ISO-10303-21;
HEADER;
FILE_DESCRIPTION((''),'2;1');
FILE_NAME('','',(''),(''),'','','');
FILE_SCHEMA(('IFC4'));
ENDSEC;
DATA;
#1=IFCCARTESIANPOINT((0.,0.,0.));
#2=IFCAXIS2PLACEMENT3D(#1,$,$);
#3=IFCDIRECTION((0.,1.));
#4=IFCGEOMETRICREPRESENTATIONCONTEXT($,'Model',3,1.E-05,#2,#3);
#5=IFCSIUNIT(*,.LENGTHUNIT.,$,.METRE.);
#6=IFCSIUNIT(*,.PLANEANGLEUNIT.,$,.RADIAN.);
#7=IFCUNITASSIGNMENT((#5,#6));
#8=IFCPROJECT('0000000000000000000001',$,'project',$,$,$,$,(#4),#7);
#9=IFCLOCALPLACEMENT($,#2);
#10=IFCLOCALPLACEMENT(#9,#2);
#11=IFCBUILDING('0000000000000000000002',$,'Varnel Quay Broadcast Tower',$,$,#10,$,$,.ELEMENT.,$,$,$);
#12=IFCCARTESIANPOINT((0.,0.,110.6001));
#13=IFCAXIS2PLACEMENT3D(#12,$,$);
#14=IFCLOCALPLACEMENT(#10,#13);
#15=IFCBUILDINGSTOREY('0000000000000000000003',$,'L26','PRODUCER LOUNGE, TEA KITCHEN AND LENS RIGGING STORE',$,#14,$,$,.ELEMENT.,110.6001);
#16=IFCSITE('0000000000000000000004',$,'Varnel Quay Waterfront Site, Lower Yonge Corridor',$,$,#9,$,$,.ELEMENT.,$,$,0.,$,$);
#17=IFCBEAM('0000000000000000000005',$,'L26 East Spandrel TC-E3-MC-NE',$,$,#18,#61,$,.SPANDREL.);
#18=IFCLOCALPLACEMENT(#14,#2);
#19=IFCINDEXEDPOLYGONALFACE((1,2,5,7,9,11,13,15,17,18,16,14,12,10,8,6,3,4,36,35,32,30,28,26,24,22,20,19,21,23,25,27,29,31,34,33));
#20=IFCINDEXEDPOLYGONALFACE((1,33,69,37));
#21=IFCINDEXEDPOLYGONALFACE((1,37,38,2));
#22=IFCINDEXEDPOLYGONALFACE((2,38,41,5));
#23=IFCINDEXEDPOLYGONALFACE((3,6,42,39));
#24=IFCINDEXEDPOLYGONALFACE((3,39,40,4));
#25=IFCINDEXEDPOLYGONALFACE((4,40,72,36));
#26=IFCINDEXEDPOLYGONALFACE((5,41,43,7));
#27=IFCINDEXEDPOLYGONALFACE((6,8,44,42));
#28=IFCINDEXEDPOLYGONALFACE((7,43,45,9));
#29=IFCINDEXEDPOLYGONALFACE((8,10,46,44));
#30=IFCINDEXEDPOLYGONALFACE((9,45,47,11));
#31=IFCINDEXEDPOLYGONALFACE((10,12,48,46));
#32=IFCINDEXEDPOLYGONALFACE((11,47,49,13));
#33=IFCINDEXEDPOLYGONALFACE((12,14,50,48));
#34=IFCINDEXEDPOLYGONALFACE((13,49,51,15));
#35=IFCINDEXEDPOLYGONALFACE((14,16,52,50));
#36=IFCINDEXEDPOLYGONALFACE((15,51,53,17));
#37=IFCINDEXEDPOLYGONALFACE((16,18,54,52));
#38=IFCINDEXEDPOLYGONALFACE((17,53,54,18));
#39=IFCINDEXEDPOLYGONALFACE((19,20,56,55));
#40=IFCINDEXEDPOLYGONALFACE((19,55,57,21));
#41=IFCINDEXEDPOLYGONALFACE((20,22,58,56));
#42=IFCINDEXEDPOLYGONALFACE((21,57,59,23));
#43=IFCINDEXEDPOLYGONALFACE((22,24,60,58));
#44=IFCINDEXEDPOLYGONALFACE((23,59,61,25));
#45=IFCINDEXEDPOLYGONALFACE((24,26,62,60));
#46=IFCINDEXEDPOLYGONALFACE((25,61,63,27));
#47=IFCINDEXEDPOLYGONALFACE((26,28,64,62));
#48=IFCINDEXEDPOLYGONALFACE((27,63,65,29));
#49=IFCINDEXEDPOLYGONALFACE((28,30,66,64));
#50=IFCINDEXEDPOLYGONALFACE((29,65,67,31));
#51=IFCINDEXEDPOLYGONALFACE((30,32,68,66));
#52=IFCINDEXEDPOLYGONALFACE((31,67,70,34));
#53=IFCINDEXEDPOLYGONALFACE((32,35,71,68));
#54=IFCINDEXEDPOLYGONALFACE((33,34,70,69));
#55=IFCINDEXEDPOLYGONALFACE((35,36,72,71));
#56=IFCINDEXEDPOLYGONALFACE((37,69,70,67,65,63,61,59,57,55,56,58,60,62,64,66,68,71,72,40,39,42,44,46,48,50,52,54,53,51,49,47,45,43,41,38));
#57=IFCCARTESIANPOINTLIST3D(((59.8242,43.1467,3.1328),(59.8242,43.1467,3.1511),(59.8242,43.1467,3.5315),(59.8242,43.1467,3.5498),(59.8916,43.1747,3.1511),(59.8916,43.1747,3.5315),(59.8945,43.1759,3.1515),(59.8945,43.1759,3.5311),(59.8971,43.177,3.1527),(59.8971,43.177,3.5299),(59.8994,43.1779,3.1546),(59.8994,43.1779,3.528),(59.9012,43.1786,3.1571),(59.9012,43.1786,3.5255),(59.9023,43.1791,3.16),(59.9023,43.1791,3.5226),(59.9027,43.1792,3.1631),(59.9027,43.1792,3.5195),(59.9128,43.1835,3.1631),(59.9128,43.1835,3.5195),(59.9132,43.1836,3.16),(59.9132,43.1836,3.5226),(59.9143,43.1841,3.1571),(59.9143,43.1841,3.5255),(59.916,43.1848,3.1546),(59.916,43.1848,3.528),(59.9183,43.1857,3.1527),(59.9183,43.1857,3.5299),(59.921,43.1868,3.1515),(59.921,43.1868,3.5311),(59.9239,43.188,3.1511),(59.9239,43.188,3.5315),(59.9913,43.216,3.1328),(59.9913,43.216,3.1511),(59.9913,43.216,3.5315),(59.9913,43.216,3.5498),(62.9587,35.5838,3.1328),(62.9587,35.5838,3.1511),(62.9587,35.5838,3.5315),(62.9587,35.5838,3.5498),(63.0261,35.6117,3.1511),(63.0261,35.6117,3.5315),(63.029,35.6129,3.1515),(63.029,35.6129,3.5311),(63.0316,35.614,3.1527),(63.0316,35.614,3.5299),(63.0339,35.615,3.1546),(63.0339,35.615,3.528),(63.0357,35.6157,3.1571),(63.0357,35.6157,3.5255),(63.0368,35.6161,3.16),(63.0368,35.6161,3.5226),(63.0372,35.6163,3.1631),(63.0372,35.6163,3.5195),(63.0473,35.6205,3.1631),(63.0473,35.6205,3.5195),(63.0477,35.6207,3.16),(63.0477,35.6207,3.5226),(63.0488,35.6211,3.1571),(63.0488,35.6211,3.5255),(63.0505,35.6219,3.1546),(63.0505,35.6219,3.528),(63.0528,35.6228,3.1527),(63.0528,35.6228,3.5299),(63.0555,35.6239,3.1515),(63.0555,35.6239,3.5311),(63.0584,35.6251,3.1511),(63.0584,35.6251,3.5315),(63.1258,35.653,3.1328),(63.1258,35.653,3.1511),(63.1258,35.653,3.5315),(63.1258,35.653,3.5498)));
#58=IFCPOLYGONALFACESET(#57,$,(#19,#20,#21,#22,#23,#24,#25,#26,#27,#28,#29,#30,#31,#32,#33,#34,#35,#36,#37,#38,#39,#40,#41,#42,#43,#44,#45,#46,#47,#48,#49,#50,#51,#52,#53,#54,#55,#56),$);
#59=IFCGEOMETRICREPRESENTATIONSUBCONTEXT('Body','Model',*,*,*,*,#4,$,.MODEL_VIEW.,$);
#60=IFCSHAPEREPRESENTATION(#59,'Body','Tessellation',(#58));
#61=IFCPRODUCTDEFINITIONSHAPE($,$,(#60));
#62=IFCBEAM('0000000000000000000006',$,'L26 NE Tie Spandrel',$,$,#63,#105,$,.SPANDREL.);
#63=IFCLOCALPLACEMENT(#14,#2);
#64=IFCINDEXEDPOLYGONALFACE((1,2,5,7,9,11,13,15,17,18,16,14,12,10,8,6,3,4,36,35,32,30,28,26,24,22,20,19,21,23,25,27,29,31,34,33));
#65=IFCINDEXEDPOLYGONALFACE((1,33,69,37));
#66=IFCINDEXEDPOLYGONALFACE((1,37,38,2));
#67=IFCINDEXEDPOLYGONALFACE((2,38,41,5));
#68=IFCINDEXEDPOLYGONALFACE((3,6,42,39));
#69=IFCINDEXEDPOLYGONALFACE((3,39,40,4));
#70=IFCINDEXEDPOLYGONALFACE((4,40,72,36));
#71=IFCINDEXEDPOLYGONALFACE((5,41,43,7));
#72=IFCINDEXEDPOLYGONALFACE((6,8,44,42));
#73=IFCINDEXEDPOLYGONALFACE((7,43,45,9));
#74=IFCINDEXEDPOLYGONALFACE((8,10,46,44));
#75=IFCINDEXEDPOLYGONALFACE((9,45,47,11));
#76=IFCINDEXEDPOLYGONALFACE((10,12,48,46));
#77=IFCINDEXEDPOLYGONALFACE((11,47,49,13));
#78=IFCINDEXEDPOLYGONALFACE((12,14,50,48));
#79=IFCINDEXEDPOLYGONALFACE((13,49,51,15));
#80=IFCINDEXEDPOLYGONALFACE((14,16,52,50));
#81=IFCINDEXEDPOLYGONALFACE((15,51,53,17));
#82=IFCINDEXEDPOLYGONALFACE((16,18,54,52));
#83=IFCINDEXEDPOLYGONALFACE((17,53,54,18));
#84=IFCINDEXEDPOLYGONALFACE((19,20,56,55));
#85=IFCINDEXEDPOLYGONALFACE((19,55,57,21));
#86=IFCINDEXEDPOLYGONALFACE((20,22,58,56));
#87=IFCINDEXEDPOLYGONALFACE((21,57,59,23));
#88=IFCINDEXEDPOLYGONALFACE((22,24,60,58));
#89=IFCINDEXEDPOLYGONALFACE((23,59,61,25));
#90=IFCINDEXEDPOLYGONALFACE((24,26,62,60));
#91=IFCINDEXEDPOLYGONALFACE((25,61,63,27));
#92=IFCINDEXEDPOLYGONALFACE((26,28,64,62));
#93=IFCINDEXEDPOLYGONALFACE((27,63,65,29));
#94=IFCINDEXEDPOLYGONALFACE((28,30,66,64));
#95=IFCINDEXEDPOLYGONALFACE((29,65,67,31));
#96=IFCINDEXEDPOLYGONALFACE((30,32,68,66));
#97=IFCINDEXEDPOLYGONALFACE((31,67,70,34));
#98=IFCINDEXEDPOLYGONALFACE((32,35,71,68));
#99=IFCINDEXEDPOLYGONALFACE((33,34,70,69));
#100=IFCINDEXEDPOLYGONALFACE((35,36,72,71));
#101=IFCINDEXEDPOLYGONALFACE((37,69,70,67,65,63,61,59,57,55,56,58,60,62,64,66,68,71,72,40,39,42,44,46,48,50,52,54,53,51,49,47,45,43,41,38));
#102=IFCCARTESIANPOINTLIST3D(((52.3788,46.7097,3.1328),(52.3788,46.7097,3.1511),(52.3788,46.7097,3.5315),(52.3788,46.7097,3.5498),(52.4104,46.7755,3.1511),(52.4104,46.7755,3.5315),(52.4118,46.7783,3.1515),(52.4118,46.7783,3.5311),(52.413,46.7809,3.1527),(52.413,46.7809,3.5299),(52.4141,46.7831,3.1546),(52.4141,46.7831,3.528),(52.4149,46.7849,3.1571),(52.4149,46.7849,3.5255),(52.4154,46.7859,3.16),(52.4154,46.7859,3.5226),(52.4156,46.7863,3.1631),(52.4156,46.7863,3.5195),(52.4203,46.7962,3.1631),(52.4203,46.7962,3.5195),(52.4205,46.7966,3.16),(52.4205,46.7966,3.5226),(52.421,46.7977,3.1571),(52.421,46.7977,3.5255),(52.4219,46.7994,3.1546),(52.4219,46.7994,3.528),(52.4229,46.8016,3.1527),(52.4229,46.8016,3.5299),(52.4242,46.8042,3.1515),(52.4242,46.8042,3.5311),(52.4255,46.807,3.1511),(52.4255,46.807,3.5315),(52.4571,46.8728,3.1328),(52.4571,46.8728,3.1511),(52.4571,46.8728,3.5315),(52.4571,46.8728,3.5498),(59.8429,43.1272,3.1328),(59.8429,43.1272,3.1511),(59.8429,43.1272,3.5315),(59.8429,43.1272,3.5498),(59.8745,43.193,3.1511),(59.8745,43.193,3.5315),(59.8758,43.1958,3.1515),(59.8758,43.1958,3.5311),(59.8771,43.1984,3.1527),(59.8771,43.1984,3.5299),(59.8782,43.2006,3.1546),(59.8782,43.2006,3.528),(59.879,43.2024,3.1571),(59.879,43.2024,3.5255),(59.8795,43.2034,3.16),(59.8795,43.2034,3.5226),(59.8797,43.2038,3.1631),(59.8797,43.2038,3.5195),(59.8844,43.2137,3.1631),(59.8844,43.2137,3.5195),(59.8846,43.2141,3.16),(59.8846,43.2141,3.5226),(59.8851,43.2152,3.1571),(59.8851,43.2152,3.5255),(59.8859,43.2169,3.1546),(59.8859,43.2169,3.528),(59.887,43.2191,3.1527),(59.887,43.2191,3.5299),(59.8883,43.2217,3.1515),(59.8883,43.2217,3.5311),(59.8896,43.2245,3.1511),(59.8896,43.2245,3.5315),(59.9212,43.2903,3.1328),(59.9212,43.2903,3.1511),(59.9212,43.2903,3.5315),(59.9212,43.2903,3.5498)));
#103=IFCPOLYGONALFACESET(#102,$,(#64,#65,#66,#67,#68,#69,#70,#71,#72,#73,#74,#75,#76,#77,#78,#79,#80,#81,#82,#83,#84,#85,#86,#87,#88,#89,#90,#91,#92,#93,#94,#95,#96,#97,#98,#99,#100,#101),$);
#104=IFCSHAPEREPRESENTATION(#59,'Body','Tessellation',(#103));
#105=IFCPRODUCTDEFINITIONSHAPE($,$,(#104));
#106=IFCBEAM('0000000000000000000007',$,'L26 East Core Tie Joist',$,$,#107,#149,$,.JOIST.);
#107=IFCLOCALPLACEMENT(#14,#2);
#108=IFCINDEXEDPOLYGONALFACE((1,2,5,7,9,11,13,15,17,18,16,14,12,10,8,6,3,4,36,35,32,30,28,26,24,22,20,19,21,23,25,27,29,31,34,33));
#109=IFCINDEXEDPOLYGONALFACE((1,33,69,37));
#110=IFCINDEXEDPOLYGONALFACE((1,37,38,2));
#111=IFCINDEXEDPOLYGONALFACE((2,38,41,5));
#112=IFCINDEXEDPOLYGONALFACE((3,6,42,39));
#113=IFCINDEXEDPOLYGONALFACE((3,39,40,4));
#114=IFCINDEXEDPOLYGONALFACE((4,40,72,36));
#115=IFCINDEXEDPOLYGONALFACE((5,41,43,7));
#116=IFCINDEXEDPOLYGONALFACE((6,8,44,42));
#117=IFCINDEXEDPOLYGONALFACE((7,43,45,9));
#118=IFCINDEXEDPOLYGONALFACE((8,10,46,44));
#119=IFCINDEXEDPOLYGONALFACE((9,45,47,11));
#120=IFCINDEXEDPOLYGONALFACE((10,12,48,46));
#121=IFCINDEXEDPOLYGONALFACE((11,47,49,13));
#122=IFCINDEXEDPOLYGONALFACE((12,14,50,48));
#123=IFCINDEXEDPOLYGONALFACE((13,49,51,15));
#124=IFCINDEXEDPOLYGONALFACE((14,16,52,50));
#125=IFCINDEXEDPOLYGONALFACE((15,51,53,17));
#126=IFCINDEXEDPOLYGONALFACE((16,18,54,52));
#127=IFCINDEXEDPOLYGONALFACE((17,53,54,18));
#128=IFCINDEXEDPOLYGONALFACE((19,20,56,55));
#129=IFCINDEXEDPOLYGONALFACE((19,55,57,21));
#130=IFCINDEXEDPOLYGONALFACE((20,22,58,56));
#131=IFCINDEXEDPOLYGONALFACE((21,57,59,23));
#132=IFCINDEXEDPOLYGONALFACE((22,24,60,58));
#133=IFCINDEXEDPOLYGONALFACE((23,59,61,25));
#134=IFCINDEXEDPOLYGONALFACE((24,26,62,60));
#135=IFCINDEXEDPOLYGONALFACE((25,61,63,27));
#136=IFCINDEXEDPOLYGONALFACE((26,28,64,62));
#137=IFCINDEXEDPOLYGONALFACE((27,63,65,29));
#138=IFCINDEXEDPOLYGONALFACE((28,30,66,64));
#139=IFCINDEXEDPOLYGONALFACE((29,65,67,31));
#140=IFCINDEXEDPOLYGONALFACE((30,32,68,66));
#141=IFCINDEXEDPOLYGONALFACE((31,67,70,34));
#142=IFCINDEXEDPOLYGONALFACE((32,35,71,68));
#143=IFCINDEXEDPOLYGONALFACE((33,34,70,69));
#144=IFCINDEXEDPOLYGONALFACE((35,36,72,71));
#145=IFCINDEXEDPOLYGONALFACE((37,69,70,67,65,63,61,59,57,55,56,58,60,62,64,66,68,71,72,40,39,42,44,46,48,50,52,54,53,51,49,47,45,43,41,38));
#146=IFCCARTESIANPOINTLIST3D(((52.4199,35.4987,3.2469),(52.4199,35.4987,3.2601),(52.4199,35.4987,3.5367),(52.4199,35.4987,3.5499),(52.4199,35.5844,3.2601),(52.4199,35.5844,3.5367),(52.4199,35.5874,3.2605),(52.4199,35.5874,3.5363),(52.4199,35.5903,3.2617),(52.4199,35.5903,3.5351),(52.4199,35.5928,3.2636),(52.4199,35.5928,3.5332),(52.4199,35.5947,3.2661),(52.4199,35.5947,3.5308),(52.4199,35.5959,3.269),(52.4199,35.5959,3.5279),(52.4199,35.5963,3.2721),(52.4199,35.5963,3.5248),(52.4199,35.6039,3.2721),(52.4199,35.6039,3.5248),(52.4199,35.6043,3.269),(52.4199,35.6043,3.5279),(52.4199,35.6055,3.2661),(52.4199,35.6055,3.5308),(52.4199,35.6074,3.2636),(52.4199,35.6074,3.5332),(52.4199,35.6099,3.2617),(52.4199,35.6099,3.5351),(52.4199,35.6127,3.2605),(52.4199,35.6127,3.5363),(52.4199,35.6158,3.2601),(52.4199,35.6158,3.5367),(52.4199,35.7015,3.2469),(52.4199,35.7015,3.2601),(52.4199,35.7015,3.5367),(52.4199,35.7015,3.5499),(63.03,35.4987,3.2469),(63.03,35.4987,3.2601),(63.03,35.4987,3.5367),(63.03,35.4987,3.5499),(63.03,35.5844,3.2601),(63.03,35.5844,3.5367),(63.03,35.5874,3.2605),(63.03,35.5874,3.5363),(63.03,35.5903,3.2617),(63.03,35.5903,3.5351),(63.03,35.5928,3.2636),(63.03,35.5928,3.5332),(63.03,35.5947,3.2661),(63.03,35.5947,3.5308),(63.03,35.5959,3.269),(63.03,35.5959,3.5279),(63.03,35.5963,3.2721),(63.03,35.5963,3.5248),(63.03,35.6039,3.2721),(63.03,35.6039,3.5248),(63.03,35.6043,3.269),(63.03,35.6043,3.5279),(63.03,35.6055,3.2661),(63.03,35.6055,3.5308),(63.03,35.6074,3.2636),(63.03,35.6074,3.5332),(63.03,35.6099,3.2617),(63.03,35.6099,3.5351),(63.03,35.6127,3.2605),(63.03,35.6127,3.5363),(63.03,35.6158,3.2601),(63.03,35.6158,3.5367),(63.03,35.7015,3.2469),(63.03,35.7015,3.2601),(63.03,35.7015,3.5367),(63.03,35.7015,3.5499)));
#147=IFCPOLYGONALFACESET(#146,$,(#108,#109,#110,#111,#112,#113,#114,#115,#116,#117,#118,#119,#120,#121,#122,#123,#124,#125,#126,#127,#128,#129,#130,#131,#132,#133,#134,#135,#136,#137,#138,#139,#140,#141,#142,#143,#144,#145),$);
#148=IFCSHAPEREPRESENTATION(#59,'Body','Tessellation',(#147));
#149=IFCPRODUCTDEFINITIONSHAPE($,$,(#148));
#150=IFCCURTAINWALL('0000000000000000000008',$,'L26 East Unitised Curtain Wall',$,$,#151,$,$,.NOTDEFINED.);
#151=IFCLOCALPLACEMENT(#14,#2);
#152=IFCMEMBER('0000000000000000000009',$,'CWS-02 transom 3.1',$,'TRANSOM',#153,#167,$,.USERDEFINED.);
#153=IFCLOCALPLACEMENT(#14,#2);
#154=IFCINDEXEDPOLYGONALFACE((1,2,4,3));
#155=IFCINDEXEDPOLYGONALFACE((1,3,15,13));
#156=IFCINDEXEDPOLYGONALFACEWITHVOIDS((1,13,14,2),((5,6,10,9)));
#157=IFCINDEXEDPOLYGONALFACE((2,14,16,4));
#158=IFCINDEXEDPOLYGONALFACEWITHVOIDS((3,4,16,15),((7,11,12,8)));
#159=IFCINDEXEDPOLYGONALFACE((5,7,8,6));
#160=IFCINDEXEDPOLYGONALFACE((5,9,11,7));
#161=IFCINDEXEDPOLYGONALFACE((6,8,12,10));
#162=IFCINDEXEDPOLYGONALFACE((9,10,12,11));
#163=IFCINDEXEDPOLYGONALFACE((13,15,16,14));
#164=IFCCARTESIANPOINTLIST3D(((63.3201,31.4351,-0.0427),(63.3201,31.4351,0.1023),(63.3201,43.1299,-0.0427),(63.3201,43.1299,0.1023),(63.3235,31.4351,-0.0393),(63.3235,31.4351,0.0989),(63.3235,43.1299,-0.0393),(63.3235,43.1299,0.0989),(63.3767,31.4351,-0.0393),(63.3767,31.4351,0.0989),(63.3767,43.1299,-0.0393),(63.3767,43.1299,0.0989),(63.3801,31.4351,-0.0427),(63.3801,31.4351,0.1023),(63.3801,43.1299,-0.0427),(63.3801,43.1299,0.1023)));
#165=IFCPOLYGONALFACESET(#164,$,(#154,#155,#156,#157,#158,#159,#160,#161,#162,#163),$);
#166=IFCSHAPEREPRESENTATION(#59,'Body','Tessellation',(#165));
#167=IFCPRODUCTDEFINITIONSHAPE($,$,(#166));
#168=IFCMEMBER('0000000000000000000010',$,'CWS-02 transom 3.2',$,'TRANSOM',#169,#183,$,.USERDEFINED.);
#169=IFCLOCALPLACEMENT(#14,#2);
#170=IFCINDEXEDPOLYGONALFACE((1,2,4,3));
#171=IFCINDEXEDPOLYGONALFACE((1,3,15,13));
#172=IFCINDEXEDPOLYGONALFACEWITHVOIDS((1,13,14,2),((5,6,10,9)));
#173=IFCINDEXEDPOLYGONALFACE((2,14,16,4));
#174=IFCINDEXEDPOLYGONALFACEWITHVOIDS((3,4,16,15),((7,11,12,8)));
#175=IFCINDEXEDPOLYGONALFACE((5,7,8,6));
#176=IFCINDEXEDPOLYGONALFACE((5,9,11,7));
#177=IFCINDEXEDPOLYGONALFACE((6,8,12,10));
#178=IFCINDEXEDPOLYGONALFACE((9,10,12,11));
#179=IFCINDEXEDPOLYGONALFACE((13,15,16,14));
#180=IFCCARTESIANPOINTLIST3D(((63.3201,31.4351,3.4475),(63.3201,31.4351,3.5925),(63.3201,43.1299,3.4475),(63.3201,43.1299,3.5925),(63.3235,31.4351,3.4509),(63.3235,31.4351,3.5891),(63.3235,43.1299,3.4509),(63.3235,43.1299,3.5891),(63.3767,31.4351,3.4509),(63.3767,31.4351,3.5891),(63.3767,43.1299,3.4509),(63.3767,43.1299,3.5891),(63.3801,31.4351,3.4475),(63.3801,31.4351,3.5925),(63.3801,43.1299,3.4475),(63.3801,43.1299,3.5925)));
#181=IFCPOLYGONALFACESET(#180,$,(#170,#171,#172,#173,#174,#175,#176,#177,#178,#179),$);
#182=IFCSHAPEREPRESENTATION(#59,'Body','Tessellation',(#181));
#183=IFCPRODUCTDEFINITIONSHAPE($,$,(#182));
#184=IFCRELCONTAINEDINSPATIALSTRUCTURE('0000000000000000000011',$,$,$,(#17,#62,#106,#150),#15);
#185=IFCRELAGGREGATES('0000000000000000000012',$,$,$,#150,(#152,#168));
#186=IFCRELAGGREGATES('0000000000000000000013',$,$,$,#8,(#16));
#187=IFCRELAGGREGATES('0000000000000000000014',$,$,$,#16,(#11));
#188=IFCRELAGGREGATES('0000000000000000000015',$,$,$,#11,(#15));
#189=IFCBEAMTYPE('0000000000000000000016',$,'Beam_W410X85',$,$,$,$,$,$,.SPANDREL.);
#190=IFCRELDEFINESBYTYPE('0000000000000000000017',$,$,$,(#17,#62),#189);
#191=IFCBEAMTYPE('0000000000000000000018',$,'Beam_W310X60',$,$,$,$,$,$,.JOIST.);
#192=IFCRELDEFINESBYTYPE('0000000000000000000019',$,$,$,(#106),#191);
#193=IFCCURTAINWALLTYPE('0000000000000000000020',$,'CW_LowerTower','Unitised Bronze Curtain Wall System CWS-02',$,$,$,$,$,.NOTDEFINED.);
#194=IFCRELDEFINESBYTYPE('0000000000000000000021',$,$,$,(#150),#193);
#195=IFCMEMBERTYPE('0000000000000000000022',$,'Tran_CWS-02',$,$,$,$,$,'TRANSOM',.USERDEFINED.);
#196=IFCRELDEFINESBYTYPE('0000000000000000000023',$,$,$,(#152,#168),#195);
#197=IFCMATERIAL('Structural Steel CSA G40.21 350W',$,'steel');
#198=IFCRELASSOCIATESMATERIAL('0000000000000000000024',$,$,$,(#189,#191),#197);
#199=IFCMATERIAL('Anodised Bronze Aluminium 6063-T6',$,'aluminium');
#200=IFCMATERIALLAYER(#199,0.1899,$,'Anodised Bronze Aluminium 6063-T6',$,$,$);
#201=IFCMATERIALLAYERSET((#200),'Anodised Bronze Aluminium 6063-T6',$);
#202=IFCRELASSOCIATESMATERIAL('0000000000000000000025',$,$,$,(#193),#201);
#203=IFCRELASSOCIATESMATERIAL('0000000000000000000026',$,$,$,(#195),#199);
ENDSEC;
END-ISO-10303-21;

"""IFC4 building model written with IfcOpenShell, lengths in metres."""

from ifc_helpers import new_model, si_unit, direction, frame, origin, origin_2d, place, context, subcontext, project, spatial, hollow_rectangle, i_section, extrude, source, transform, mapped, material, layer, layer_set, material_profile, profile_set, type_object, type_shapes, element, aggregate, save


model = new_model("IFC4")

# Units and contexts
model_context = context("Model", 3, precision=1e-05, world=origin(), true_north=direction((0.0, 1.0)))
body_context = subcontext(model_context, "Body", "Model", "MODEL_VIEW")
ifc_project = project(units=[si_unit("LENGTHUNIT", "METRE"), si_unit("PLANEANGLEUNIT", "RADIAN")], contexts=[model_context])

# Site, building, storey
site_placement = place(None, origin())
site = spatial("IfcSite", under=ifc_project, at=site_placement, Name="Varnel Quay Waterfront Site, Lower Yonge Corridor", CompositionType="ELEMENT", RefElevation=0.0)
building_placement = place(site_placement, origin())
building = spatial("IfcBuilding", under=site, at=building_placement, Name="Varnel Quay Broadcast Tower", CompositionType="ELEMENT")
storey_placement = place(building_placement, frame((0.0, 0.0, 110.6001)))
storey = spatial("IfcBuildingStorey", under=building, at=storey_placement, Name="L26", Description="PRODUCER LOUNGE, TEA KITCHEN AND LENS RIGGING STORE", CompositionType="ELEMENT", Elevation=110.6001)

# Shared definitions
ifc_material_1 = material(Name="Structural Steel CSA G40.21 350W", Category="steel")

# Beams
ifc_material_profile_1 = material_profile(ifc_material_1, i_section(OverallWidth=0.1809, OverallDepth=0.417, WebThickness=0.011, FlangeThickness=0.0183, FilletRadius=0.012, at=origin_2d()), Name="W410X85")
ifc_profile_set_1 = profile_set([ifc_material_profile_1], Name="Structural Steel CSA G40.21 350W")
beam_type_1 = type_object("IfcBeamType", Name="Beam_W410X85", PredefinedType="SPANDREL", material=ifc_profile_set_1)
shared_shape_1 = source(origin(), body_context, "Body", "SweptSolid", [
    extrude(i_section(OverallWidth=0.1809, OverallDepth=0.417, WebThickness=0.011, FlangeThickness=0.0183, FilletRadius=0.012, at=origin_2d()), origin(), (0.0, 0.0, 1.0), 8.1868),
])
beam_1_placement = place(storey_placement, frame((63.0422, 35.6184, 3.3413), z_axis=(-0.382874, 0.923801, 0.0), x_axis=(-0.923801, -0.382874, 0.0)))
element("IfcBeam", 1, at=beam_1_placement, inside=storey, type_object=beam_type_1, Name="L26 East Spandrel TC-E3-MC-NE", PredefinedType="SPANDREL", context=body_context, shape_type="MappedRepresentation", body=[
    mapped(shared_shape_1, transform((0.0, 0.0, 0.0), x_axis=(1.0, 0.0, 0.0), y_axis=(0.0, 1.0, 0.0), z_axis=(0.0, 0.0, 1.0), scale=1.0)),
])
shared_shape_2 = source(origin(), body_context, "Body", "SweptSolid", [
    extrude(i_section(OverallWidth=0.1809, OverallDepth=0.417, WebThickness=0.011, FlangeThickness=0.0183, FilletRadius=0.012, at=origin_2d()), origin(), (0.0, 0.0, 1.0), 8.2793),
])
type_shapes(beam_type_1, [shared_shape_1, shared_shape_2])
beam_2_placement = place(storey_placement, frame((52.418, 46.7913, 3.3413), z_axis=(0.901535, -0.432706, 0.0), x_axis=(0.432706, 0.901535, 0.0)))
element("IfcBeam", 2, at=beam_2_placement, inside=storey, type_object=beam_type_1, Name="L26 NE Tie Spandrel", PredefinedType="SPANDREL", context=body_context, shape_type="MappedRepresentation", body=[
    mapped(shared_shape_2, transform((0.0, 0.0, 0.0), x_axis=(1.0, 0.0, 0.0), y_axis=(0.0, 1.0, 0.0), z_axis=(0.0, 0.0, 1.0), scale=1.0)),
])
ifc_material_profile_2 = material_profile(ifc_material_1, i_section(OverallWidth=0.2029, OverallDepth=0.303, WebThickness=0.0076, FlangeThickness=0.0132, FilletRadius=0.012, at=origin_2d()), Name="W310X60")
ifc_profile_set_2 = profile_set([ifc_material_profile_2], Name="Structural Steel CSA G40.21 350W")
beam_type_2 = type_object("IfcBeamType", Name="Beam_W310X60", PredefinedType="JOIST", material=ifc_profile_set_2)
shared_shape_3 = source(origin(), body_context, "Body", "SweptSolid", [
    extrude(i_section(OverallWidth=0.2029, OverallDepth=0.303, WebThickness=0.0076, FlangeThickness=0.0132, FilletRadius=0.012, at=origin_2d()), origin(), (0.0, 0.0, 1.0), 10.6101),
])
type_shapes(beam_type_2, [shared_shape_3])
beam_3_placement = place(storey_placement, frame((52.4199, 35.6001, 3.3984), z_axis=(1.0, 0.0, 0.0), x_axis=(0.0, 1.0, 0.0)))
element("IfcBeam", 3, at=beam_3_placement, inside=storey, type_object=beam_type_2, Name="L26 East Core Tie Joist", PredefinedType="JOIST", context=body_context, shape_type="MappedRepresentation", body=[
    mapped(shared_shape_3, transform((0.0, 0.0, 0.0), x_axis=(1.0, 0.0, 0.0), y_axis=(0.0, 1.0, 0.0), z_axis=(0.0, 0.0, 1.0), scale=1.0)),
])

# Curtain wall, members
ifc_material_2 = material(Name="Anodised Bronze Aluminium 6063-T6", Category="aluminium")
ifc_layer_1 = layer(ifc_material_2, 0.1899, Name="Anodised Bronze Aluminium 6063-T6")
ifc_layer_set_1 = layer_set([ifc_layer_1], Name="Anodised Bronze Aluminium 6063-T6")
curtain_wall_type = type_object("IfcCurtainWallType", Name="CW_LowerTower", Description="Unitised Bronze Curtain Wall System CWS-02", PredefinedType="NOTDEFINED", material=ifc_layer_set_1)
curtain_wall_1_placement = place(storey_placement, origin())
curtain_wall_1 = element("IfcCurtainWall", 4, at=curtain_wall_1_placement, inside=storey, type_object=curtain_wall_type, Name="L26 East Unitised Curtain Wall", PredefinedType="NOTDEFINED")
ifc_material_profile_3 = material_profile(ifc_material_2, hollow_rectangle(XDim=0.0601, YDim=0.145, WallThickness=0.0034, at=origin_2d()), Name="ALU60X145X3.5")
ifc_profile_set_3 = profile_set([ifc_material_profile_3], Name="Anodised Bronze Aluminium 6063-T6")
member_type_1 = type_object("IfcMemberType", Name="Tran_CWS-02", ElementType="TRANSOM", PredefinedType="USERDEFINED", material=ifc_profile_set_3)
shared_shape_4 = source(origin(), body_context, "Body", "SweptSolid", [
    extrude(hollow_rectangle(XDim=0.0601, YDim=0.145, WallThickness=0.0034, at=origin_2d()), origin(), (0.0, 0.0, 1.0), 11.6948),
])
member_1_placement = place(storey_placement, frame((63.3501, 31.4351, 0.0298), z_axis=(0.0, 1.0, 0.0), x_axis=(-1.0, 0.0, 0.0)))
member_1 = element("IfcMember", 5, at=member_1_placement, type_object=member_type_1, Name="CWS-02 transom 3.1", ObjectType="TRANSOM", PredefinedType="USERDEFINED", context=body_context, shape_type="MappedRepresentation", body=[
    mapped(shared_shape_4, transform((0.0, 0.0, 0.0), x_axis=(1.0, 0.0, 0.0), y_axis=(0.0, 1.0, 0.0), z_axis=(0.0, 0.0, 1.0), scale=1.0)),
])
member_2_placement = place(storey_placement, frame((63.3501, 31.4351, 3.52), z_axis=(0.0, 1.0, 0.0), x_axis=(-1.0, 0.0, 0.0)))
member_2 = element("IfcMember", 6, at=member_2_placement, type_object=member_type_1, Name="CWS-02 transom 3.2", ObjectType="TRANSOM", PredefinedType="USERDEFINED", context=body_context, shape_type="MappedRepresentation", body=[
    mapped(shared_shape_4, transform((0.0, 0.0, 0.0), x_axis=(1.0, 0.0, 0.0), y_axis=(0.0, 1.0, 0.0), z_axis=(0.0, 0.0, 1.0), scale=1.0)),
])

aggregate(curtain_wall_1, [member_1, member_2])

save(model, "model.ifc")
